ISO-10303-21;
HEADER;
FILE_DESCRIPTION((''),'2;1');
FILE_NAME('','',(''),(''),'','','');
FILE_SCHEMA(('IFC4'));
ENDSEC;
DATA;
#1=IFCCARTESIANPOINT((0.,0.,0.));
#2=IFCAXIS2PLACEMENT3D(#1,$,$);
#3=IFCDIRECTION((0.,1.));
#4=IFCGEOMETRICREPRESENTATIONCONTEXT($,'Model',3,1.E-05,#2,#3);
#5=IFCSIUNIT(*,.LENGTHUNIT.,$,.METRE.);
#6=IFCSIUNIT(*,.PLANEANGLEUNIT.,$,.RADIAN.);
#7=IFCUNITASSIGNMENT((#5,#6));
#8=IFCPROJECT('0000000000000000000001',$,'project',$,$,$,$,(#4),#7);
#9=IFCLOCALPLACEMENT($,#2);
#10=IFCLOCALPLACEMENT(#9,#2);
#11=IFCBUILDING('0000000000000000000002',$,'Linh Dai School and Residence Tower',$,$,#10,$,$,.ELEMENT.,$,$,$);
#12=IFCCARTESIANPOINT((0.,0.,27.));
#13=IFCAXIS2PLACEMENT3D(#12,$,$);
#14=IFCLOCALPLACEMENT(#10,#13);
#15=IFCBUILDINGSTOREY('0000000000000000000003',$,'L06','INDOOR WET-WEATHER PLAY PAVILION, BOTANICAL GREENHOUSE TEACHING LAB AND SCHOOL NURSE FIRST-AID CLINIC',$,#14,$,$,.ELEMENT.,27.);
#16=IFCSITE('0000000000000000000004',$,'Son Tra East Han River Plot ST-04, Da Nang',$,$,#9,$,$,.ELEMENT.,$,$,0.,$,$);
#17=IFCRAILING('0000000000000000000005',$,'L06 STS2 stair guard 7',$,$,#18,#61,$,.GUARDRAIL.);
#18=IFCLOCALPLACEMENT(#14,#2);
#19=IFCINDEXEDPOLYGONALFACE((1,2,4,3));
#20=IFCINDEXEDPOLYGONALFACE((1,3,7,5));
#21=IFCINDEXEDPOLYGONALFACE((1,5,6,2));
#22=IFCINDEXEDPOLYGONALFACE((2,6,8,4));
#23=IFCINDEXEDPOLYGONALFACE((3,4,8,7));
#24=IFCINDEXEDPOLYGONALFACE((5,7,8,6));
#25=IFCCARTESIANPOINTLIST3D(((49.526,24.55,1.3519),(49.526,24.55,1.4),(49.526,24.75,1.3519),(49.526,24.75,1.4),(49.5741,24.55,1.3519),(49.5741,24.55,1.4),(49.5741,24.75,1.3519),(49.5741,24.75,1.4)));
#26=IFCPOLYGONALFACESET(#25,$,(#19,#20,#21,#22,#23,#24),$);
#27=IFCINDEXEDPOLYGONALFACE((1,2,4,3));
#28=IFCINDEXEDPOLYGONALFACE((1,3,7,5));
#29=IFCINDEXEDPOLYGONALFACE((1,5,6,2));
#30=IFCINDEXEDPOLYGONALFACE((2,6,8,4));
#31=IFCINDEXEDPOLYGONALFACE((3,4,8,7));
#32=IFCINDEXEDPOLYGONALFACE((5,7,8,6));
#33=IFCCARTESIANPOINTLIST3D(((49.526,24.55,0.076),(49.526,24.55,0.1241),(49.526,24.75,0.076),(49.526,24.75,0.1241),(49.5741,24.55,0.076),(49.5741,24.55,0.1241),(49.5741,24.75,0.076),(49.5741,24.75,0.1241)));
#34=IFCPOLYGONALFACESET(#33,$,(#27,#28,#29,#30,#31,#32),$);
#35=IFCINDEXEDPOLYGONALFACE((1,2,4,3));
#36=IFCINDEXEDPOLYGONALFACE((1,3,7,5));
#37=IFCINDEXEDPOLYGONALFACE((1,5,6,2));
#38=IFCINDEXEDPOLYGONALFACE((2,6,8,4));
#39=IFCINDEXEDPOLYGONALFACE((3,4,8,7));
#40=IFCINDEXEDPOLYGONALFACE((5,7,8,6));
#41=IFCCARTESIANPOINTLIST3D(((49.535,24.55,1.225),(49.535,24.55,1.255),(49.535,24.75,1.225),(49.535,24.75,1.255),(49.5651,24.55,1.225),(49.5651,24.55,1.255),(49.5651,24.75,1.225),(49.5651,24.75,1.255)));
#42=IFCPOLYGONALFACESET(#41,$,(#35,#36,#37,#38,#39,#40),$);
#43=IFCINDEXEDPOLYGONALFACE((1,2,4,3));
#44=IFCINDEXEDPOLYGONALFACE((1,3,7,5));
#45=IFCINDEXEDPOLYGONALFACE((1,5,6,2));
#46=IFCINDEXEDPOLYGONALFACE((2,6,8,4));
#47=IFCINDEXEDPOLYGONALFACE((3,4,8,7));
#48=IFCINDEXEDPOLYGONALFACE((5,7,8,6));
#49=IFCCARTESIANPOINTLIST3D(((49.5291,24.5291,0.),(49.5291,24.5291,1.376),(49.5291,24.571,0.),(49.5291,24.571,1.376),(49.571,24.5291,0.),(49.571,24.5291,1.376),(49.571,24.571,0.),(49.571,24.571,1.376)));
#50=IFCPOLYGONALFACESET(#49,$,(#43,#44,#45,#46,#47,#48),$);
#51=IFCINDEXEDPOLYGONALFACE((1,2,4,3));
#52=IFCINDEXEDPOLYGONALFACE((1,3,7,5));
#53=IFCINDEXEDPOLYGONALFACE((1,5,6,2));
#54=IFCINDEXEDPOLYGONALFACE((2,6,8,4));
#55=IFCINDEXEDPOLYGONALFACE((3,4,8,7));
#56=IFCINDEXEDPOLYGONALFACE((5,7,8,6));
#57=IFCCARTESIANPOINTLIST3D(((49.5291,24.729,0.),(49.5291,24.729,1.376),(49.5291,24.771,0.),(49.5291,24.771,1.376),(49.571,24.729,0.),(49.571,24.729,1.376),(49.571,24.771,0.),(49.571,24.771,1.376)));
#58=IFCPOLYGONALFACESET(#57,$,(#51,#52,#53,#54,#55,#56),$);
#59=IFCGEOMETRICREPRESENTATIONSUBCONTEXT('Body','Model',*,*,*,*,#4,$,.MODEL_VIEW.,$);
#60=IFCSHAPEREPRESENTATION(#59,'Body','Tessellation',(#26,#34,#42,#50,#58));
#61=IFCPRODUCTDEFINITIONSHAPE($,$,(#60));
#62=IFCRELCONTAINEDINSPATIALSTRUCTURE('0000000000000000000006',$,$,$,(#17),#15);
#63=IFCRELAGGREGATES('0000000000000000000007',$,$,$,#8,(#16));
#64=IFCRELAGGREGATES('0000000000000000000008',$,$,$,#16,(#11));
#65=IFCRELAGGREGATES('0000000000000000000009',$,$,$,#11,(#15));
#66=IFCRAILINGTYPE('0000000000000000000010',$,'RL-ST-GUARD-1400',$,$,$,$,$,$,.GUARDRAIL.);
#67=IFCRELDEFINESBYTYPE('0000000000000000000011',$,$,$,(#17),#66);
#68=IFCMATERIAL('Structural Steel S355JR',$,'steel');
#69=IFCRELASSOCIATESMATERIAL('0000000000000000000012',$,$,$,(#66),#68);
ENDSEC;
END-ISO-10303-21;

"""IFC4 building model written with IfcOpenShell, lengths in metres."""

from ifc_helpers import new_model, si_unit, direction, frame, origin, origin_2d, place, context, subcontext, project, spatial, rectangle, extrude, source, transform, mapped, material, type_object, element, save


model = new_model("IFC4")

# Units and contexts
model_context = context("Model", 3, precision=1e-05, world=origin(), true_north=direction((0.0, 1.0)))
body_context = subcontext(model_context, "Body", "Model", "MODEL_VIEW")
ifc_project = project(units=[si_unit("LENGTHUNIT", "METRE"), si_unit("PLANEANGLEUNIT", "RADIAN")], contexts=[model_context])

# Site, building, storey
site_placement = place(None, origin())
site = spatial("IfcSite", under=ifc_project, at=site_placement, Name="Son Tra East Han River Plot ST-04, Da Nang", CompositionType="ELEMENT", RefElevation=0.0)
building_placement = place(site_placement, origin())
building = spatial("IfcBuilding", under=site, at=building_placement, Name="Linh Dai School and Residence Tower", CompositionType="ELEMENT")
storey_placement = place(building_placement, frame((0.0, 0.0, 27.0)))
storey = spatial("IfcBuildingStorey", under=building, at=storey_placement, Name="L06", Description="INDOOR WET-WEATHER PLAY PAVILION, BOTANICAL GREENHOUSE TEACHING LAB AND SCHOOL NURSE FIRST-AID CLINIC", CompositionType="ELEMENT", Elevation=27.0)

# Shared definitions
ifc_material_1 = material(Name="Structural Steel S355JR", Category="steel")

# Railing
railing_type_1 = type_object("IfcRailingType", Name="RL-ST-GUARD-1400", PredefinedType="GUARDRAIL", material=ifc_material_1)
shared_shape_1 = source(origin(), body_context, "Body", "SweptSolid", [
    extrude(rectangle(XDim=0.0481, YDim=0.0481, at=origin_2d()), frame((0.0, 0.0, 1.376), z_axis=(0.0, 1.0, 0.0), x_axis=(-1.0, 0.0, 0.0)), (0.0, 0.0, 1.0), 0.2),
    extrude(rectangle(XDim=0.0481, YDim=0.0481, at=origin_2d()), frame((0.0, 0.0, 0.1001), z_axis=(0.0, 1.0, 0.0), x_axis=(-1.0, 0.0, 0.0)), (0.0, 0.0, 1.0), 0.2),
    extrude(rectangle(XDim=0.03, YDim=0.03, at=origin_2d()), frame((0.0, 0.0, 1.24), z_axis=(0.0, 1.0, 0.0), x_axis=(-1.0, 0.0, 0.0)), (0.0, 0.0, 1.0), 0.2),
    extrude(rectangle(XDim=0.042, YDim=0.042, at=origin_2d()), origin(), (0.0, 0.0, 1.0), 1.376),
    extrude(rectangle(XDim=0.042, YDim=0.042, at=origin_2d()), frame((0.0, 0.2, 0.0)), (0.0, 0.0, 1.0), 1.376),
])
railing_1_placement = place(storey_placement, frame((49.55, 24.55, 0.0)))
element("IfcRailing", 1, at=railing_1_placement, inside=storey, type_object=railing_type_1, Name="L06 STS2 stair guard 7", PredefinedType="GUARDRAIL", context=body_context, shape_type="MappedRepresentation", body=[
    mapped(shared_shape_1, transform((0.0, 0.0, 0.0), x_axis=(1.0, 0.0, 0.0), y_axis=(0.0, 1.0, 0.0), z_axis=(0.0, 0.0, 1.0), scale=1.0)),
])

save(model, "model.ifc")
